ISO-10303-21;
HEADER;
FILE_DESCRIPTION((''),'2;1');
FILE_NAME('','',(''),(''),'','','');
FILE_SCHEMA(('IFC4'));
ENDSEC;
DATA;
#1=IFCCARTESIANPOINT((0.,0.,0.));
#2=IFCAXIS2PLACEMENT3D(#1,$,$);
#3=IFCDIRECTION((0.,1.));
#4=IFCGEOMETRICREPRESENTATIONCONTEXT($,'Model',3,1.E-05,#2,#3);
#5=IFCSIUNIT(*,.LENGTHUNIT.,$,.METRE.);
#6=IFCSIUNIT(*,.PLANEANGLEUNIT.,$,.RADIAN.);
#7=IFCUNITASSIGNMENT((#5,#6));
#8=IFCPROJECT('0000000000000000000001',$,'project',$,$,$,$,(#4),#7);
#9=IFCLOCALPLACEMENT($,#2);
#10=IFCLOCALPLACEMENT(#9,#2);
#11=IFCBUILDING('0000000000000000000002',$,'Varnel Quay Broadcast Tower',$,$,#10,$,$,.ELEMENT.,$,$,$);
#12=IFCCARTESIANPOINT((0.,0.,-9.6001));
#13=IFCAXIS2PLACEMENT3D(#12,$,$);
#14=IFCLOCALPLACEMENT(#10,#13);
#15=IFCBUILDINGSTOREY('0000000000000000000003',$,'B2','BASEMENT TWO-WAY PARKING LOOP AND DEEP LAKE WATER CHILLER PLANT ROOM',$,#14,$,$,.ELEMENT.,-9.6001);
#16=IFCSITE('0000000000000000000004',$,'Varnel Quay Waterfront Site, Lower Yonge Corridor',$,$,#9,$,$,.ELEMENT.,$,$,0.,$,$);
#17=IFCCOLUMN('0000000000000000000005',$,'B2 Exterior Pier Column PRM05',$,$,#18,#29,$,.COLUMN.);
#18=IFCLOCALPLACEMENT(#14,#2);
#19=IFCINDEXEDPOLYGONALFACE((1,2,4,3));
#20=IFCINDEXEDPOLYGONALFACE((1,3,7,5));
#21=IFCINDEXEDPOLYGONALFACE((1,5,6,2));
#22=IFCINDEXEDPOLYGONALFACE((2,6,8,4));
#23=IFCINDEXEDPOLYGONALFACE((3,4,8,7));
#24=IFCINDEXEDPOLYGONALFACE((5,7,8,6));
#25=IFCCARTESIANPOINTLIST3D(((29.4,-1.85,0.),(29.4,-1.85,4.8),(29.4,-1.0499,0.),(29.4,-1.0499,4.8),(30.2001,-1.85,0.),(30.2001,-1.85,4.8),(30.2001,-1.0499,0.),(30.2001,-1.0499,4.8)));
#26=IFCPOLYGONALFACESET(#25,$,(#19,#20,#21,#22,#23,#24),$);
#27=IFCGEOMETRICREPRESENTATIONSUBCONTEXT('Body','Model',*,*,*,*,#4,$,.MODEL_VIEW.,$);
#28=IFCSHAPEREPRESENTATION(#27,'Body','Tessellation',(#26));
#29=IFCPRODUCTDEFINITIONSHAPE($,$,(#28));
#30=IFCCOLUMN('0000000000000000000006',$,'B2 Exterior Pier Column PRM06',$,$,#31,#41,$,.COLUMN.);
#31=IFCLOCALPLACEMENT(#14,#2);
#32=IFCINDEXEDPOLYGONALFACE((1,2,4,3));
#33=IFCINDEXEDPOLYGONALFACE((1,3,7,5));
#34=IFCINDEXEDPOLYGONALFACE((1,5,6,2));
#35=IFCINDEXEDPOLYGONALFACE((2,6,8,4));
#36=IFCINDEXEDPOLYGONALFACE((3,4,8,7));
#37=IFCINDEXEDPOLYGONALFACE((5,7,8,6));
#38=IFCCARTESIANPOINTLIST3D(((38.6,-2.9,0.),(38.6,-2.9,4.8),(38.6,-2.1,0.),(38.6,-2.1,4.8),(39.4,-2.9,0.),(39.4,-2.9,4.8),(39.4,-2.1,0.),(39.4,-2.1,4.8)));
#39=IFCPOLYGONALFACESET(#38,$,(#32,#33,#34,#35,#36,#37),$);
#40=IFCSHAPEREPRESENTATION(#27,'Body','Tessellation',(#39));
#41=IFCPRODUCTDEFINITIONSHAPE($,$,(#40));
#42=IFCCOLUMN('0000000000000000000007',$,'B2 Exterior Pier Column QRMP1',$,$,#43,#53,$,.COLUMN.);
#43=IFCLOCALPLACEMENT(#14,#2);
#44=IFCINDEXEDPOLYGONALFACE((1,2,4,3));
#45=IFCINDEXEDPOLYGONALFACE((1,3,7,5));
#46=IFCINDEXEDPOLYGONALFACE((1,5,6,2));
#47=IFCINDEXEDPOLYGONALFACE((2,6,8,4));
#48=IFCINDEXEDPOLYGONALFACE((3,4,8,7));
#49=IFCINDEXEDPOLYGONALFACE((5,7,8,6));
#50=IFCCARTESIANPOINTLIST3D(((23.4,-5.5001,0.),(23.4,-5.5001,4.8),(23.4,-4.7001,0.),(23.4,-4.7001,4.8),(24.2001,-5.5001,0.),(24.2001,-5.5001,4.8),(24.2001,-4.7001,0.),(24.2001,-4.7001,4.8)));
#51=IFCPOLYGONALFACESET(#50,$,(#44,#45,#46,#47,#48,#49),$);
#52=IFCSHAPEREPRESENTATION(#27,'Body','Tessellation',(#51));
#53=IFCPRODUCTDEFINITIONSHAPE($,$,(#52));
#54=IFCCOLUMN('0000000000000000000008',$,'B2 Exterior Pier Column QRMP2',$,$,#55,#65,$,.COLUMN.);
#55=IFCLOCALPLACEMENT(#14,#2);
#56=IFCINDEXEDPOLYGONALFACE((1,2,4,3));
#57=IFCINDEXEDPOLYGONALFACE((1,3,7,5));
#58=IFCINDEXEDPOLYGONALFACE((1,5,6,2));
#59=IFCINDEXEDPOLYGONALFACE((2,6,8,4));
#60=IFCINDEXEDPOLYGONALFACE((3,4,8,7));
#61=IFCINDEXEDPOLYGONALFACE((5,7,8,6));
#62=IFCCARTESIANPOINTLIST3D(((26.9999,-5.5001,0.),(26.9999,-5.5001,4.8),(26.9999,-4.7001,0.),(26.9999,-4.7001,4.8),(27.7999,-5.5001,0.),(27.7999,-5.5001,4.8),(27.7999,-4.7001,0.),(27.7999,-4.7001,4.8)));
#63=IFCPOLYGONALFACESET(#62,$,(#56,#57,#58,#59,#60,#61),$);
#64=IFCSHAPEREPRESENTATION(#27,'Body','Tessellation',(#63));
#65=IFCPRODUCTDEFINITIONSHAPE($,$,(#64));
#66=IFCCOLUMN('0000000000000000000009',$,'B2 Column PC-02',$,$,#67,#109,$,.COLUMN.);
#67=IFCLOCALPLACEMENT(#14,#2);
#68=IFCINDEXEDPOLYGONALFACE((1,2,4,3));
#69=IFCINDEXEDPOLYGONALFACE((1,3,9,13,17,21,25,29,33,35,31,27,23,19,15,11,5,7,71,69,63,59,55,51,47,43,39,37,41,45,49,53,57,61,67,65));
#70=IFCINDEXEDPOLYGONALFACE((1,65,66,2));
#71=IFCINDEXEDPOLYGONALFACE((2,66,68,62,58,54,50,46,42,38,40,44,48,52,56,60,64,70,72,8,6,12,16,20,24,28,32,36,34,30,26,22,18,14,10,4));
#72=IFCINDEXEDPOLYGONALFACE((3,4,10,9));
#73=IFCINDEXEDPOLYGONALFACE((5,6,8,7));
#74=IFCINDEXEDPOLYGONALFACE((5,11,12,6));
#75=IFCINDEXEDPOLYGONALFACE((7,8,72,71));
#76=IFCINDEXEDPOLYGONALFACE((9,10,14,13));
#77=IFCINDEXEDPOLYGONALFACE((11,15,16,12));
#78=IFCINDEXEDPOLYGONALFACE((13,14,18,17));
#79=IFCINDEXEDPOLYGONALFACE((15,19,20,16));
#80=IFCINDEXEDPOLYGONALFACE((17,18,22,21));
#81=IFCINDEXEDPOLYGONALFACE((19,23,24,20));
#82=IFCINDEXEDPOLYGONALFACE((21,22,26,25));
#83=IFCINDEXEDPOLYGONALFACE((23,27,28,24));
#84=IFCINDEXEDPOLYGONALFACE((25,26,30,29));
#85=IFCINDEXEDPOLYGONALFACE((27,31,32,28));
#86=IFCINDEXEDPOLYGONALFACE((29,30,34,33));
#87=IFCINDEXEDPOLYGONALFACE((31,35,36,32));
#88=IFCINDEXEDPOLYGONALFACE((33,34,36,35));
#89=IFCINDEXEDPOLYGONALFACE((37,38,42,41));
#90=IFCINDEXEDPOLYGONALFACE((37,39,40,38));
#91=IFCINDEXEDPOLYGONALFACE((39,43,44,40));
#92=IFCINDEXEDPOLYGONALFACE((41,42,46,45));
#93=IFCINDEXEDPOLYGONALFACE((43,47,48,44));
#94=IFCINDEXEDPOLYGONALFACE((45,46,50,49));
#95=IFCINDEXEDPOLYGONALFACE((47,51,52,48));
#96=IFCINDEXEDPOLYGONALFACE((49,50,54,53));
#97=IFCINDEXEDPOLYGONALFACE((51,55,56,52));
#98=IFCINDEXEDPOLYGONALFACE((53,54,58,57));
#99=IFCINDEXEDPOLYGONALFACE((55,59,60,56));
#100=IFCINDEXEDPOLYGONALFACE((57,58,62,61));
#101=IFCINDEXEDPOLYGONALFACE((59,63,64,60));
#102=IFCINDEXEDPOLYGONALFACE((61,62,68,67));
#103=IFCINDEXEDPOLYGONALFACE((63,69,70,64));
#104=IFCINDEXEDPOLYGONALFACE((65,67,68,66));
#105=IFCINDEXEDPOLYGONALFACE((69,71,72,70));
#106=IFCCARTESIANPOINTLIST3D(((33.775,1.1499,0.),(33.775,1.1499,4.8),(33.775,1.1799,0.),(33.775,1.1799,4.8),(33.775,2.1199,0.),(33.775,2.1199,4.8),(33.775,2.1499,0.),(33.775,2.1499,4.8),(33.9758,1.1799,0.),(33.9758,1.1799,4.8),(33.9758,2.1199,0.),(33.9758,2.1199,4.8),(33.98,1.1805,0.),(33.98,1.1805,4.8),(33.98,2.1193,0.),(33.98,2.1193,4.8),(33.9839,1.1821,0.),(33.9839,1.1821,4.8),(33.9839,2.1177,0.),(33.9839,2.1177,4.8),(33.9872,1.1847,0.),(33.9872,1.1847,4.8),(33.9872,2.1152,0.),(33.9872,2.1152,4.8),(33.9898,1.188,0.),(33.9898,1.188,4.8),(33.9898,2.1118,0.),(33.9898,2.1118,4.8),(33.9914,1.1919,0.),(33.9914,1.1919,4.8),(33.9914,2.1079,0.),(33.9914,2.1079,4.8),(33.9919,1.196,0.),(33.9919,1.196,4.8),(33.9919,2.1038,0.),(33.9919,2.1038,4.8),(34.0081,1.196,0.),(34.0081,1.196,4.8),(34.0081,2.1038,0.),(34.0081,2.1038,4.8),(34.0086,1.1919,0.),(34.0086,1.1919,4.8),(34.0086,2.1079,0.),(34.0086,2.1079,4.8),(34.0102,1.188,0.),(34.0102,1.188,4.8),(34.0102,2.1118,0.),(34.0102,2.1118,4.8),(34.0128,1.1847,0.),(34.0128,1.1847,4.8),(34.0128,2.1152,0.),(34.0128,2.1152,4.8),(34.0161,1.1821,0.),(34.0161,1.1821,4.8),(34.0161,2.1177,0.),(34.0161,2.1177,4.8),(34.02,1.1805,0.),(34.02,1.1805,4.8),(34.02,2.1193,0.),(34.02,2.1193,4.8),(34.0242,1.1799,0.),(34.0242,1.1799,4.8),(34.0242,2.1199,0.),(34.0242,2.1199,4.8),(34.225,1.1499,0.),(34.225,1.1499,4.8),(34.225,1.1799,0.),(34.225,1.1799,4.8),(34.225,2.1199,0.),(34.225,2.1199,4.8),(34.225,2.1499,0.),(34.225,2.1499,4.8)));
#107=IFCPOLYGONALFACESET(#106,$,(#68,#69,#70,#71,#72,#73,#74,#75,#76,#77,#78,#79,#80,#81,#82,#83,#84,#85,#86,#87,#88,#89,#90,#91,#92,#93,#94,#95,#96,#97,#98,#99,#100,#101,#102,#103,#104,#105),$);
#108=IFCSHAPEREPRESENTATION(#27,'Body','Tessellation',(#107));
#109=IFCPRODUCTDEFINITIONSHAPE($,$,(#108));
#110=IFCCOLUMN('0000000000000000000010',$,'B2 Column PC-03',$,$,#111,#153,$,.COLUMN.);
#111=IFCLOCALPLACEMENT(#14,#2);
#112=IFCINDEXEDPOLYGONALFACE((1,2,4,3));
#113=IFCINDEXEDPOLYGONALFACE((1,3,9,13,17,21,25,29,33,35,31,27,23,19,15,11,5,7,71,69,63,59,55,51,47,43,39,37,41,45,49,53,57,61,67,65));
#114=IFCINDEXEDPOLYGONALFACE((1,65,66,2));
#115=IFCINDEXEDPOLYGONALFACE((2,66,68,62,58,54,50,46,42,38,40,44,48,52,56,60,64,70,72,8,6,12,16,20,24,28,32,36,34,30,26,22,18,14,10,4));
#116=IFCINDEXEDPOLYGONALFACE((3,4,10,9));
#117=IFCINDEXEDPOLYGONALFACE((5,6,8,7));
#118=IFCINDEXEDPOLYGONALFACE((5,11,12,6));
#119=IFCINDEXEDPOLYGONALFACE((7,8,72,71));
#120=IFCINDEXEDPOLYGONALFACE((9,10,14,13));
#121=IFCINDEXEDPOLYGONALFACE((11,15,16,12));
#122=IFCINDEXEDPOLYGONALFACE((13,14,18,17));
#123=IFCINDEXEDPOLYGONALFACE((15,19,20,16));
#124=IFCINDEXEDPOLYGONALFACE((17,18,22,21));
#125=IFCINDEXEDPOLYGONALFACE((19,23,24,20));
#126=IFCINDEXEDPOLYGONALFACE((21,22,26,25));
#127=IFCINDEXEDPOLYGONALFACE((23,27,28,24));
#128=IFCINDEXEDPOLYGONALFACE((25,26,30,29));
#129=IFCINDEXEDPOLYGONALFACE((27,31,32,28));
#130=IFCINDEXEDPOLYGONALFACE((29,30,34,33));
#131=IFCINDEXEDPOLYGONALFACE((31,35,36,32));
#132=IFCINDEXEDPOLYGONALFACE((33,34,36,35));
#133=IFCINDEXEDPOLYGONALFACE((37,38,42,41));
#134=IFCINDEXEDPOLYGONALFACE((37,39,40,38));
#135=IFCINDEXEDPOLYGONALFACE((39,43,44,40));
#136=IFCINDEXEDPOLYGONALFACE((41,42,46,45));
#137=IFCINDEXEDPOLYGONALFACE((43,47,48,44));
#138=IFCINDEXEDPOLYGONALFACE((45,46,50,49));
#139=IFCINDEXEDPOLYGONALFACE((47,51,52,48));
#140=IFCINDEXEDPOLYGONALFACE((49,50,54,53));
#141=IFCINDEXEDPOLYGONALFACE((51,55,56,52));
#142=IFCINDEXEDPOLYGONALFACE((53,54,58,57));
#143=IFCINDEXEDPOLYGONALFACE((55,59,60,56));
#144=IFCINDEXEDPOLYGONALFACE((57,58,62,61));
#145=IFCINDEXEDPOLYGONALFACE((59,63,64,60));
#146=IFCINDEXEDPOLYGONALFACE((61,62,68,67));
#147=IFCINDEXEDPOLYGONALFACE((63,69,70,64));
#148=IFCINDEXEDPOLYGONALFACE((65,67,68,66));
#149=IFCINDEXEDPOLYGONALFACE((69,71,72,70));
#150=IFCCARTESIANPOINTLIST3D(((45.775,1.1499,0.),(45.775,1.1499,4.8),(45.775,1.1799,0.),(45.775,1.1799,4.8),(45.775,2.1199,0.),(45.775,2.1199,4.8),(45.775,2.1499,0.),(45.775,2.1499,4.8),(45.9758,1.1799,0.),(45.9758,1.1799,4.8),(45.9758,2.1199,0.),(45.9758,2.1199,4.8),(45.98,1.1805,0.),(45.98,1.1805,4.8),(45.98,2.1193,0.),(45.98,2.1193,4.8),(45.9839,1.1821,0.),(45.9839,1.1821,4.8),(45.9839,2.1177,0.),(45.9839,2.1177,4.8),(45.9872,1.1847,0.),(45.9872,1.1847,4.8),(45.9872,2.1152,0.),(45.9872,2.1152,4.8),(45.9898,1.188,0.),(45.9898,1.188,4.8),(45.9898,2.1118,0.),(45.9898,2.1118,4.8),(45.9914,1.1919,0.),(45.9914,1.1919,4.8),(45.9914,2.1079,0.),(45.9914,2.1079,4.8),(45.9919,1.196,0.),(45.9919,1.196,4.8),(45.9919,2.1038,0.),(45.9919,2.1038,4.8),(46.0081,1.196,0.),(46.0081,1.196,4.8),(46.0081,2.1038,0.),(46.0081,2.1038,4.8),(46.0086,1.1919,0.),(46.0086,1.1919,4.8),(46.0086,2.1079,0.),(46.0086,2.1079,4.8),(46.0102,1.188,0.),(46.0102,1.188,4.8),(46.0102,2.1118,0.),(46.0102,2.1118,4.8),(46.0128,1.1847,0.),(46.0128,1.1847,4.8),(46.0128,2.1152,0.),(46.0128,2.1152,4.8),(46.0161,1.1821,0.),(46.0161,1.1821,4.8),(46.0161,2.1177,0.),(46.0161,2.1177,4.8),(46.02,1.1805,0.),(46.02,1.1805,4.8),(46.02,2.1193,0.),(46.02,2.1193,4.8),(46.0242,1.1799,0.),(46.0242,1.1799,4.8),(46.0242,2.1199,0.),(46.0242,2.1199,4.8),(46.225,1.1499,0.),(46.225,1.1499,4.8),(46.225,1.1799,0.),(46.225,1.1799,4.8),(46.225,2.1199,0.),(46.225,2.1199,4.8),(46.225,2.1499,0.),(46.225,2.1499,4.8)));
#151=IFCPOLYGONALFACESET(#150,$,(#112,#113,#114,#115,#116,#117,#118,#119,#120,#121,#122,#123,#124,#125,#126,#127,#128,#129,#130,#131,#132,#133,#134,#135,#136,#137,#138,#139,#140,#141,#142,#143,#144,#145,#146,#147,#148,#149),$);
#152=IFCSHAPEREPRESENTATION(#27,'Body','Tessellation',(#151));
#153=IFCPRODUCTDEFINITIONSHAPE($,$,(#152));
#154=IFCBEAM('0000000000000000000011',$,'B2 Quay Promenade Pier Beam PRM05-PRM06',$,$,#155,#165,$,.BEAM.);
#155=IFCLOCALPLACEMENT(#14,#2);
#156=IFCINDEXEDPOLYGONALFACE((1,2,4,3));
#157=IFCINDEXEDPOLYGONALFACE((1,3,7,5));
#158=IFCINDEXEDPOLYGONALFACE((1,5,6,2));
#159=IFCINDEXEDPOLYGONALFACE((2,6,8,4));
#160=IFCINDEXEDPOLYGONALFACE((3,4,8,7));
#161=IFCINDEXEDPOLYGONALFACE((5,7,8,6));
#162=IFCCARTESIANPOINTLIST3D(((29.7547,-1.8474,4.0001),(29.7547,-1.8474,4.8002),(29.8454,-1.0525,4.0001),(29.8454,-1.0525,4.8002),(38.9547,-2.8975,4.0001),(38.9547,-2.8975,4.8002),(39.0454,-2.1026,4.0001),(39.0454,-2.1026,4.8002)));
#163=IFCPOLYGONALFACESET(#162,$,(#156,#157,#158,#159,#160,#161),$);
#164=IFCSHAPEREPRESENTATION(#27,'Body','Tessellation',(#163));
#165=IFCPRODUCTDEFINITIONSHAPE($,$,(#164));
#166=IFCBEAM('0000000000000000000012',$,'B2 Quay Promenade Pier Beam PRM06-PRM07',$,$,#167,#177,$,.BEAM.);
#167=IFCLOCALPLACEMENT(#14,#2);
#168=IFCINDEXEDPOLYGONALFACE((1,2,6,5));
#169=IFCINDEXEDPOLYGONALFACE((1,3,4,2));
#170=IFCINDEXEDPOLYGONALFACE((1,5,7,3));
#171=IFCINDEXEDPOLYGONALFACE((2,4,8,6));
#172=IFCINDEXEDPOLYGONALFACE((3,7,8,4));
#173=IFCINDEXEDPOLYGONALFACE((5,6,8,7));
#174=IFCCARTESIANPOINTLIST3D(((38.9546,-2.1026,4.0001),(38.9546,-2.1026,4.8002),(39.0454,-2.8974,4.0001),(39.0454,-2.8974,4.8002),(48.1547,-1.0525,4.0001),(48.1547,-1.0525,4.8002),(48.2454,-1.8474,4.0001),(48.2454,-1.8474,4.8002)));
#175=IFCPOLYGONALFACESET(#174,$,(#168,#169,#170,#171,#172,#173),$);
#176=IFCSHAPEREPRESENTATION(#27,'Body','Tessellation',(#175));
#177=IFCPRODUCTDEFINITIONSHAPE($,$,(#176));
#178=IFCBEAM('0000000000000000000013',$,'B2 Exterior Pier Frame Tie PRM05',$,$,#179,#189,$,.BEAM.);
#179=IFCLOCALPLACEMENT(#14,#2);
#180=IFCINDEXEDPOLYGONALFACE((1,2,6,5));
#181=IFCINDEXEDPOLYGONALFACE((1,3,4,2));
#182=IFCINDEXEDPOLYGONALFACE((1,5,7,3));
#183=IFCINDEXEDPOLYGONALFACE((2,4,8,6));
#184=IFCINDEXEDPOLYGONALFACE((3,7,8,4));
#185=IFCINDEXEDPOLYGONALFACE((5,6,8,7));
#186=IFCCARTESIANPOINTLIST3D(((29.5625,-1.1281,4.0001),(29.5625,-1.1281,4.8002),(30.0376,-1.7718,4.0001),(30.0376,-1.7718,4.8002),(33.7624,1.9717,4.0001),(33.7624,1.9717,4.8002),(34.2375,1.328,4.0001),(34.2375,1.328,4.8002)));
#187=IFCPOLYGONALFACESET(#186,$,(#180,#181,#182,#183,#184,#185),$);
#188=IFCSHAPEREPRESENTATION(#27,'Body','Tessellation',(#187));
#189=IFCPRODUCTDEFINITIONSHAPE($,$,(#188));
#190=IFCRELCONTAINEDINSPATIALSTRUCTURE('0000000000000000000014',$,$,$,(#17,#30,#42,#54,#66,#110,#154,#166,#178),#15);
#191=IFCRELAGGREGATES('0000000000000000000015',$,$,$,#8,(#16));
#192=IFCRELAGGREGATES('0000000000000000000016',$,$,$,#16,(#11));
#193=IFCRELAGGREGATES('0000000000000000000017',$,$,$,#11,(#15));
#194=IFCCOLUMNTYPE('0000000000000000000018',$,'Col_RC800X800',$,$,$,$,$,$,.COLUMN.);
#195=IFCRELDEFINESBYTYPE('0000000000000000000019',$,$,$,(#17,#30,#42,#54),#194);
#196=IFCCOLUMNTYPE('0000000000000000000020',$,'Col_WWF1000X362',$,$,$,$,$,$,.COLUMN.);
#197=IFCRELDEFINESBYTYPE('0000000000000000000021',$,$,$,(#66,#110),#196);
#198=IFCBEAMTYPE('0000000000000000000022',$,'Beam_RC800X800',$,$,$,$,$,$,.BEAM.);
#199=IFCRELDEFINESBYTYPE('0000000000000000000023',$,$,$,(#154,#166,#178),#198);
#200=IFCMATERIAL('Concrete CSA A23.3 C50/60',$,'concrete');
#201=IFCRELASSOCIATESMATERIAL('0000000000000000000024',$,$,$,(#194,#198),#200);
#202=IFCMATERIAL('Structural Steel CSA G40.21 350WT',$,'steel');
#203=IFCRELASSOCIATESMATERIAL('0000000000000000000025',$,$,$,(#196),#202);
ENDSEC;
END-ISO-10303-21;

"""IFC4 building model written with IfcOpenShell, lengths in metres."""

from ifc_helpers import new_model, si_unit, direction, frame, origin, origin_2d, place, context, subcontext, project, spatial, rectangle, i_section, extrude, source, transform, mapped, material, material_profile, profile_set, type_object, type_shapes, element, save


model = new_model("IFC4")

# Units and contexts
model_context = context("Model", 3, precision=1e-05, world=origin(), true_north=direction((0.0, 1.0)))
body_context = subcontext(model_context, "Body", "Model", "MODEL_VIEW")
ifc_project = project(units=[si_unit("LENGTHUNIT", "METRE"), si_unit("PLANEANGLEUNIT", "RADIAN")], contexts=[model_context])

# Site, building, storey
site_placement = place(None, origin())
site = spatial("IfcSite", under=ifc_project, at=site_placement, Name="Varnel Quay Waterfront Site, Lower Yonge Corridor", CompositionType="ELEMENT", RefElevation=0.0)
building_placement = place(site_placement, origin())
building = spatial("IfcBuilding", under=site, at=building_placement, Name="Varnel Quay Broadcast Tower", CompositionType="ELEMENT")
storey_placement = place(building_placement, frame((0.0, 0.0, -9.6001)))
storey = spatial("IfcBuildingStorey", under=building, at=storey_placement, Name="B2", Description="BASEMENT TWO-WAY PARKING LOOP AND DEEP LAKE WATER CHILLER PLANT ROOM", CompositionType="ELEMENT", Elevation=-9.6001)

# Shared definitions
ifc_material_1 = material(Name="Concrete CSA A23.3 C50/60", Category="concrete")

# Columns
ifc_material_profile_1 = material_profile(ifc_material_1, rectangle(XDim=0.8, YDim=0.8, at=origin_2d()), Name="RC800X800")
ifc_profile_set_1 = profile_set([ifc_material_profile_1], Name="Concrete CSA A23.3 C50/60")
column_type_1 = type_object("IfcColumnType", Name="Col_RC800X800", PredefinedType="COLUMN", material=ifc_profile_set_1)
shared_shape_1 = source(origin(), body_context, "Body", "SweptSolid", [
    extrude(rectangle(XDim=0.8, YDim=0.8, at=origin_2d()), origin(), (0.0, 0.0, 1.0), 4.8),
])
type_shapes(column_type_1, [shared_shape_1])
for number, where, z_axis, x_axis, name in (
    (1, (29.8, -1.45, 0.0), (0.0, 0.0, 1.0), (1.0, 0.0, 0.0), "B2 Exterior Pier Column PRM05"),
    (2, (39.0, -2.5, 0.0), (0.0, 0.0, 1.0), (1.0, 0.0, 0.0), "B2 Exterior Pier Column PRM06"),
    (3, (23.8, -5.1001, 0.0), (0.0, 0.0, 1.0), (1.0, 0.0, 0.0), "B2 Exterior Pier Column QRMP1"),
    (4, (27.3999, -5.1001, 0.0), (0.0, 0.0, 1.0), (1.0, 0.0, 0.0), "B2 Exterior Pier Column QRMP2"),
):
    element("IfcColumn", number, at=place(storey_placement, frame(where, z_axis=z_axis, x_axis=x_axis)), inside=storey, type_object=column_type_1, Name=name, PredefinedType="COLUMN", context=body_context, shape_type="MappedRepresentation", body=[
        mapped(shared_shape_1, transform((0.0, 0.0, 0.0), x_axis=(1.0, 0.0, 0.0), y_axis=(0.0, 1.0, 0.0), z_axis=(0.0, 0.0, 1.0), scale=1.0)),
    ])
ifc_material_2 = material(Name="Structural Steel CSA G40.21 350WT", Category="steel")
ifc_material_profile_2 = material_profile(ifc_material_2, i_section(OverallWidth=0.45, OverallDepth=1.0, WebThickness=0.0161, FlangeThickness=0.03, FilletRadius=0.0161, at=origin_2d()), Name="WWF1000X362")
ifc_profile_set_2 = profile_set([ifc_material_profile_2], Name="Structural Steel CSA G40.21 350WT")
column_type_2 = type_object("IfcColumnType", Name="Col_WWF1000X362", PredefinedType="COLUMN", material=ifc_profile_set_2)
shared_shape_2 = source(origin(), body_context, "Body", "SweptSolid", [
    extrude(i_section(OverallWidth=0.45, OverallDepth=1.0, WebThickness=0.0161, FlangeThickness=0.03, FilletRadius=0.0161, at=origin_2d()), origin(), (0.0, 0.0, 1.0), 4.8),
])
type_shapes(column_type_2, [shared_shape_2])
for number, where, z_axis, x_axis, name in (
    (5, (34.0, 1.6499, 0.0), (0.0, 0.0, 1.0), (1.0, 0.0, 0.0), "B2 Column PC-02"),
    (6, (46.0, 1.6499, 0.0), (0.0, 0.0, 1.0), (1.0, 0.0, 0.0), "B2 Column PC-03"),
):
    element("IfcColumn", number, at=place(storey_placement, frame(where, z_axis=z_axis, x_axis=x_axis)), inside=storey, type_object=column_type_2, Name=name, PredefinedType="COLUMN", context=body_context, shape_type="MappedRepresentation", body=[
        mapped(shared_shape_2, transform((0.0, 0.0, 0.0), x_axis=(1.0, 0.0, 0.0), y_axis=(0.0, 1.0, 0.0), z_axis=(0.0, 0.0, 1.0), scale=1.0)),
    ])

# Beams
ifc_material_profile_3 = material_profile(ifc_material_1, rectangle(XDim=0.8, YDim=0.8, at=origin_2d()), Name="RC800X800")
ifc_profile_set_3 = profile_set([ifc_material_profile_3], Name="Concrete CSA A23.3 C50/60")
beam_type_1 = type_object("IfcBeamType", Name="Beam_RC800X800", PredefinedType="BEAM", material=ifc_profile_set_3)
shared_shape_3 = source(origin(), body_context, "Body", "SweptSolid", [
    extrude(rectangle(XDim=0.8, YDim=0.8, at=origin_2d()), origin(), (0.0, 0.0, 1.0), 9.2598),
])
for number, where, z_axis, x_axis, name in (
    (7, (29.8, -1.45, 4.4001), (0.993549, -0.1134, 0.0), (0.1134, 0.993549, 0.0), "B2 Quay Promenade Pier Beam PRM05-PRM06"),
    (8, (39.0, -2.5, 4.4001), (0.993549, 0.1134, 0.0), (-0.1134, 0.993549, 0.0), "B2 Quay Promenade Pier Beam PRM06-PRM07"),
):
    element("IfcBeam", number, at=place(storey_placement, frame(where, z_axis=z_axis, x_axis=x_axis)), inside=storey, type_object=beam_type_1, Name=name, PredefinedType="BEAM", context=body_context, shape_type="MappedRepresentation", body=[
        mapped(shared_shape_3, transform((0.0, 0.0, 0.0), x_axis=(1.0, 0.0, 0.0), y_axis=(0.0, 1.0, 0.0), z_axis=(0.0, 0.0, 1.0), scale=1.0)),
    ])
shared_shape_4 = source(origin(), body_context, "Body", "SweptSolid", [
    extrude(rectangle(XDim=0.8, YDim=0.8, at=origin_2d()), origin(), (0.0, 0.0, 1.0), 5.22),
])
beam_1_placement = place(storey_placement, frame((29.8, -1.45, 4.4001), z_axis=(0.804584, 0.593839, 0.0), x_axis=(-0.593839, 0.804584, 0.0)))
element("IfcBeam", 9, at=beam_1_placement, inside=storey, type_object=beam_type_1, Name="B2 Exterior Pier Frame Tie PRM05", PredefinedType="BEAM", context=body_context, shape_type="MappedRepresentation", body=[
    mapped(shared_shape_4, transform((0.0, 0.0, 0.0), x_axis=(1.0, 0.0, 0.0), y_axis=(0.0, 1.0, 0.0), z_axis=(0.0, 0.0, 1.0), scale=1.0)),
])

save(model, "model.ifc")
